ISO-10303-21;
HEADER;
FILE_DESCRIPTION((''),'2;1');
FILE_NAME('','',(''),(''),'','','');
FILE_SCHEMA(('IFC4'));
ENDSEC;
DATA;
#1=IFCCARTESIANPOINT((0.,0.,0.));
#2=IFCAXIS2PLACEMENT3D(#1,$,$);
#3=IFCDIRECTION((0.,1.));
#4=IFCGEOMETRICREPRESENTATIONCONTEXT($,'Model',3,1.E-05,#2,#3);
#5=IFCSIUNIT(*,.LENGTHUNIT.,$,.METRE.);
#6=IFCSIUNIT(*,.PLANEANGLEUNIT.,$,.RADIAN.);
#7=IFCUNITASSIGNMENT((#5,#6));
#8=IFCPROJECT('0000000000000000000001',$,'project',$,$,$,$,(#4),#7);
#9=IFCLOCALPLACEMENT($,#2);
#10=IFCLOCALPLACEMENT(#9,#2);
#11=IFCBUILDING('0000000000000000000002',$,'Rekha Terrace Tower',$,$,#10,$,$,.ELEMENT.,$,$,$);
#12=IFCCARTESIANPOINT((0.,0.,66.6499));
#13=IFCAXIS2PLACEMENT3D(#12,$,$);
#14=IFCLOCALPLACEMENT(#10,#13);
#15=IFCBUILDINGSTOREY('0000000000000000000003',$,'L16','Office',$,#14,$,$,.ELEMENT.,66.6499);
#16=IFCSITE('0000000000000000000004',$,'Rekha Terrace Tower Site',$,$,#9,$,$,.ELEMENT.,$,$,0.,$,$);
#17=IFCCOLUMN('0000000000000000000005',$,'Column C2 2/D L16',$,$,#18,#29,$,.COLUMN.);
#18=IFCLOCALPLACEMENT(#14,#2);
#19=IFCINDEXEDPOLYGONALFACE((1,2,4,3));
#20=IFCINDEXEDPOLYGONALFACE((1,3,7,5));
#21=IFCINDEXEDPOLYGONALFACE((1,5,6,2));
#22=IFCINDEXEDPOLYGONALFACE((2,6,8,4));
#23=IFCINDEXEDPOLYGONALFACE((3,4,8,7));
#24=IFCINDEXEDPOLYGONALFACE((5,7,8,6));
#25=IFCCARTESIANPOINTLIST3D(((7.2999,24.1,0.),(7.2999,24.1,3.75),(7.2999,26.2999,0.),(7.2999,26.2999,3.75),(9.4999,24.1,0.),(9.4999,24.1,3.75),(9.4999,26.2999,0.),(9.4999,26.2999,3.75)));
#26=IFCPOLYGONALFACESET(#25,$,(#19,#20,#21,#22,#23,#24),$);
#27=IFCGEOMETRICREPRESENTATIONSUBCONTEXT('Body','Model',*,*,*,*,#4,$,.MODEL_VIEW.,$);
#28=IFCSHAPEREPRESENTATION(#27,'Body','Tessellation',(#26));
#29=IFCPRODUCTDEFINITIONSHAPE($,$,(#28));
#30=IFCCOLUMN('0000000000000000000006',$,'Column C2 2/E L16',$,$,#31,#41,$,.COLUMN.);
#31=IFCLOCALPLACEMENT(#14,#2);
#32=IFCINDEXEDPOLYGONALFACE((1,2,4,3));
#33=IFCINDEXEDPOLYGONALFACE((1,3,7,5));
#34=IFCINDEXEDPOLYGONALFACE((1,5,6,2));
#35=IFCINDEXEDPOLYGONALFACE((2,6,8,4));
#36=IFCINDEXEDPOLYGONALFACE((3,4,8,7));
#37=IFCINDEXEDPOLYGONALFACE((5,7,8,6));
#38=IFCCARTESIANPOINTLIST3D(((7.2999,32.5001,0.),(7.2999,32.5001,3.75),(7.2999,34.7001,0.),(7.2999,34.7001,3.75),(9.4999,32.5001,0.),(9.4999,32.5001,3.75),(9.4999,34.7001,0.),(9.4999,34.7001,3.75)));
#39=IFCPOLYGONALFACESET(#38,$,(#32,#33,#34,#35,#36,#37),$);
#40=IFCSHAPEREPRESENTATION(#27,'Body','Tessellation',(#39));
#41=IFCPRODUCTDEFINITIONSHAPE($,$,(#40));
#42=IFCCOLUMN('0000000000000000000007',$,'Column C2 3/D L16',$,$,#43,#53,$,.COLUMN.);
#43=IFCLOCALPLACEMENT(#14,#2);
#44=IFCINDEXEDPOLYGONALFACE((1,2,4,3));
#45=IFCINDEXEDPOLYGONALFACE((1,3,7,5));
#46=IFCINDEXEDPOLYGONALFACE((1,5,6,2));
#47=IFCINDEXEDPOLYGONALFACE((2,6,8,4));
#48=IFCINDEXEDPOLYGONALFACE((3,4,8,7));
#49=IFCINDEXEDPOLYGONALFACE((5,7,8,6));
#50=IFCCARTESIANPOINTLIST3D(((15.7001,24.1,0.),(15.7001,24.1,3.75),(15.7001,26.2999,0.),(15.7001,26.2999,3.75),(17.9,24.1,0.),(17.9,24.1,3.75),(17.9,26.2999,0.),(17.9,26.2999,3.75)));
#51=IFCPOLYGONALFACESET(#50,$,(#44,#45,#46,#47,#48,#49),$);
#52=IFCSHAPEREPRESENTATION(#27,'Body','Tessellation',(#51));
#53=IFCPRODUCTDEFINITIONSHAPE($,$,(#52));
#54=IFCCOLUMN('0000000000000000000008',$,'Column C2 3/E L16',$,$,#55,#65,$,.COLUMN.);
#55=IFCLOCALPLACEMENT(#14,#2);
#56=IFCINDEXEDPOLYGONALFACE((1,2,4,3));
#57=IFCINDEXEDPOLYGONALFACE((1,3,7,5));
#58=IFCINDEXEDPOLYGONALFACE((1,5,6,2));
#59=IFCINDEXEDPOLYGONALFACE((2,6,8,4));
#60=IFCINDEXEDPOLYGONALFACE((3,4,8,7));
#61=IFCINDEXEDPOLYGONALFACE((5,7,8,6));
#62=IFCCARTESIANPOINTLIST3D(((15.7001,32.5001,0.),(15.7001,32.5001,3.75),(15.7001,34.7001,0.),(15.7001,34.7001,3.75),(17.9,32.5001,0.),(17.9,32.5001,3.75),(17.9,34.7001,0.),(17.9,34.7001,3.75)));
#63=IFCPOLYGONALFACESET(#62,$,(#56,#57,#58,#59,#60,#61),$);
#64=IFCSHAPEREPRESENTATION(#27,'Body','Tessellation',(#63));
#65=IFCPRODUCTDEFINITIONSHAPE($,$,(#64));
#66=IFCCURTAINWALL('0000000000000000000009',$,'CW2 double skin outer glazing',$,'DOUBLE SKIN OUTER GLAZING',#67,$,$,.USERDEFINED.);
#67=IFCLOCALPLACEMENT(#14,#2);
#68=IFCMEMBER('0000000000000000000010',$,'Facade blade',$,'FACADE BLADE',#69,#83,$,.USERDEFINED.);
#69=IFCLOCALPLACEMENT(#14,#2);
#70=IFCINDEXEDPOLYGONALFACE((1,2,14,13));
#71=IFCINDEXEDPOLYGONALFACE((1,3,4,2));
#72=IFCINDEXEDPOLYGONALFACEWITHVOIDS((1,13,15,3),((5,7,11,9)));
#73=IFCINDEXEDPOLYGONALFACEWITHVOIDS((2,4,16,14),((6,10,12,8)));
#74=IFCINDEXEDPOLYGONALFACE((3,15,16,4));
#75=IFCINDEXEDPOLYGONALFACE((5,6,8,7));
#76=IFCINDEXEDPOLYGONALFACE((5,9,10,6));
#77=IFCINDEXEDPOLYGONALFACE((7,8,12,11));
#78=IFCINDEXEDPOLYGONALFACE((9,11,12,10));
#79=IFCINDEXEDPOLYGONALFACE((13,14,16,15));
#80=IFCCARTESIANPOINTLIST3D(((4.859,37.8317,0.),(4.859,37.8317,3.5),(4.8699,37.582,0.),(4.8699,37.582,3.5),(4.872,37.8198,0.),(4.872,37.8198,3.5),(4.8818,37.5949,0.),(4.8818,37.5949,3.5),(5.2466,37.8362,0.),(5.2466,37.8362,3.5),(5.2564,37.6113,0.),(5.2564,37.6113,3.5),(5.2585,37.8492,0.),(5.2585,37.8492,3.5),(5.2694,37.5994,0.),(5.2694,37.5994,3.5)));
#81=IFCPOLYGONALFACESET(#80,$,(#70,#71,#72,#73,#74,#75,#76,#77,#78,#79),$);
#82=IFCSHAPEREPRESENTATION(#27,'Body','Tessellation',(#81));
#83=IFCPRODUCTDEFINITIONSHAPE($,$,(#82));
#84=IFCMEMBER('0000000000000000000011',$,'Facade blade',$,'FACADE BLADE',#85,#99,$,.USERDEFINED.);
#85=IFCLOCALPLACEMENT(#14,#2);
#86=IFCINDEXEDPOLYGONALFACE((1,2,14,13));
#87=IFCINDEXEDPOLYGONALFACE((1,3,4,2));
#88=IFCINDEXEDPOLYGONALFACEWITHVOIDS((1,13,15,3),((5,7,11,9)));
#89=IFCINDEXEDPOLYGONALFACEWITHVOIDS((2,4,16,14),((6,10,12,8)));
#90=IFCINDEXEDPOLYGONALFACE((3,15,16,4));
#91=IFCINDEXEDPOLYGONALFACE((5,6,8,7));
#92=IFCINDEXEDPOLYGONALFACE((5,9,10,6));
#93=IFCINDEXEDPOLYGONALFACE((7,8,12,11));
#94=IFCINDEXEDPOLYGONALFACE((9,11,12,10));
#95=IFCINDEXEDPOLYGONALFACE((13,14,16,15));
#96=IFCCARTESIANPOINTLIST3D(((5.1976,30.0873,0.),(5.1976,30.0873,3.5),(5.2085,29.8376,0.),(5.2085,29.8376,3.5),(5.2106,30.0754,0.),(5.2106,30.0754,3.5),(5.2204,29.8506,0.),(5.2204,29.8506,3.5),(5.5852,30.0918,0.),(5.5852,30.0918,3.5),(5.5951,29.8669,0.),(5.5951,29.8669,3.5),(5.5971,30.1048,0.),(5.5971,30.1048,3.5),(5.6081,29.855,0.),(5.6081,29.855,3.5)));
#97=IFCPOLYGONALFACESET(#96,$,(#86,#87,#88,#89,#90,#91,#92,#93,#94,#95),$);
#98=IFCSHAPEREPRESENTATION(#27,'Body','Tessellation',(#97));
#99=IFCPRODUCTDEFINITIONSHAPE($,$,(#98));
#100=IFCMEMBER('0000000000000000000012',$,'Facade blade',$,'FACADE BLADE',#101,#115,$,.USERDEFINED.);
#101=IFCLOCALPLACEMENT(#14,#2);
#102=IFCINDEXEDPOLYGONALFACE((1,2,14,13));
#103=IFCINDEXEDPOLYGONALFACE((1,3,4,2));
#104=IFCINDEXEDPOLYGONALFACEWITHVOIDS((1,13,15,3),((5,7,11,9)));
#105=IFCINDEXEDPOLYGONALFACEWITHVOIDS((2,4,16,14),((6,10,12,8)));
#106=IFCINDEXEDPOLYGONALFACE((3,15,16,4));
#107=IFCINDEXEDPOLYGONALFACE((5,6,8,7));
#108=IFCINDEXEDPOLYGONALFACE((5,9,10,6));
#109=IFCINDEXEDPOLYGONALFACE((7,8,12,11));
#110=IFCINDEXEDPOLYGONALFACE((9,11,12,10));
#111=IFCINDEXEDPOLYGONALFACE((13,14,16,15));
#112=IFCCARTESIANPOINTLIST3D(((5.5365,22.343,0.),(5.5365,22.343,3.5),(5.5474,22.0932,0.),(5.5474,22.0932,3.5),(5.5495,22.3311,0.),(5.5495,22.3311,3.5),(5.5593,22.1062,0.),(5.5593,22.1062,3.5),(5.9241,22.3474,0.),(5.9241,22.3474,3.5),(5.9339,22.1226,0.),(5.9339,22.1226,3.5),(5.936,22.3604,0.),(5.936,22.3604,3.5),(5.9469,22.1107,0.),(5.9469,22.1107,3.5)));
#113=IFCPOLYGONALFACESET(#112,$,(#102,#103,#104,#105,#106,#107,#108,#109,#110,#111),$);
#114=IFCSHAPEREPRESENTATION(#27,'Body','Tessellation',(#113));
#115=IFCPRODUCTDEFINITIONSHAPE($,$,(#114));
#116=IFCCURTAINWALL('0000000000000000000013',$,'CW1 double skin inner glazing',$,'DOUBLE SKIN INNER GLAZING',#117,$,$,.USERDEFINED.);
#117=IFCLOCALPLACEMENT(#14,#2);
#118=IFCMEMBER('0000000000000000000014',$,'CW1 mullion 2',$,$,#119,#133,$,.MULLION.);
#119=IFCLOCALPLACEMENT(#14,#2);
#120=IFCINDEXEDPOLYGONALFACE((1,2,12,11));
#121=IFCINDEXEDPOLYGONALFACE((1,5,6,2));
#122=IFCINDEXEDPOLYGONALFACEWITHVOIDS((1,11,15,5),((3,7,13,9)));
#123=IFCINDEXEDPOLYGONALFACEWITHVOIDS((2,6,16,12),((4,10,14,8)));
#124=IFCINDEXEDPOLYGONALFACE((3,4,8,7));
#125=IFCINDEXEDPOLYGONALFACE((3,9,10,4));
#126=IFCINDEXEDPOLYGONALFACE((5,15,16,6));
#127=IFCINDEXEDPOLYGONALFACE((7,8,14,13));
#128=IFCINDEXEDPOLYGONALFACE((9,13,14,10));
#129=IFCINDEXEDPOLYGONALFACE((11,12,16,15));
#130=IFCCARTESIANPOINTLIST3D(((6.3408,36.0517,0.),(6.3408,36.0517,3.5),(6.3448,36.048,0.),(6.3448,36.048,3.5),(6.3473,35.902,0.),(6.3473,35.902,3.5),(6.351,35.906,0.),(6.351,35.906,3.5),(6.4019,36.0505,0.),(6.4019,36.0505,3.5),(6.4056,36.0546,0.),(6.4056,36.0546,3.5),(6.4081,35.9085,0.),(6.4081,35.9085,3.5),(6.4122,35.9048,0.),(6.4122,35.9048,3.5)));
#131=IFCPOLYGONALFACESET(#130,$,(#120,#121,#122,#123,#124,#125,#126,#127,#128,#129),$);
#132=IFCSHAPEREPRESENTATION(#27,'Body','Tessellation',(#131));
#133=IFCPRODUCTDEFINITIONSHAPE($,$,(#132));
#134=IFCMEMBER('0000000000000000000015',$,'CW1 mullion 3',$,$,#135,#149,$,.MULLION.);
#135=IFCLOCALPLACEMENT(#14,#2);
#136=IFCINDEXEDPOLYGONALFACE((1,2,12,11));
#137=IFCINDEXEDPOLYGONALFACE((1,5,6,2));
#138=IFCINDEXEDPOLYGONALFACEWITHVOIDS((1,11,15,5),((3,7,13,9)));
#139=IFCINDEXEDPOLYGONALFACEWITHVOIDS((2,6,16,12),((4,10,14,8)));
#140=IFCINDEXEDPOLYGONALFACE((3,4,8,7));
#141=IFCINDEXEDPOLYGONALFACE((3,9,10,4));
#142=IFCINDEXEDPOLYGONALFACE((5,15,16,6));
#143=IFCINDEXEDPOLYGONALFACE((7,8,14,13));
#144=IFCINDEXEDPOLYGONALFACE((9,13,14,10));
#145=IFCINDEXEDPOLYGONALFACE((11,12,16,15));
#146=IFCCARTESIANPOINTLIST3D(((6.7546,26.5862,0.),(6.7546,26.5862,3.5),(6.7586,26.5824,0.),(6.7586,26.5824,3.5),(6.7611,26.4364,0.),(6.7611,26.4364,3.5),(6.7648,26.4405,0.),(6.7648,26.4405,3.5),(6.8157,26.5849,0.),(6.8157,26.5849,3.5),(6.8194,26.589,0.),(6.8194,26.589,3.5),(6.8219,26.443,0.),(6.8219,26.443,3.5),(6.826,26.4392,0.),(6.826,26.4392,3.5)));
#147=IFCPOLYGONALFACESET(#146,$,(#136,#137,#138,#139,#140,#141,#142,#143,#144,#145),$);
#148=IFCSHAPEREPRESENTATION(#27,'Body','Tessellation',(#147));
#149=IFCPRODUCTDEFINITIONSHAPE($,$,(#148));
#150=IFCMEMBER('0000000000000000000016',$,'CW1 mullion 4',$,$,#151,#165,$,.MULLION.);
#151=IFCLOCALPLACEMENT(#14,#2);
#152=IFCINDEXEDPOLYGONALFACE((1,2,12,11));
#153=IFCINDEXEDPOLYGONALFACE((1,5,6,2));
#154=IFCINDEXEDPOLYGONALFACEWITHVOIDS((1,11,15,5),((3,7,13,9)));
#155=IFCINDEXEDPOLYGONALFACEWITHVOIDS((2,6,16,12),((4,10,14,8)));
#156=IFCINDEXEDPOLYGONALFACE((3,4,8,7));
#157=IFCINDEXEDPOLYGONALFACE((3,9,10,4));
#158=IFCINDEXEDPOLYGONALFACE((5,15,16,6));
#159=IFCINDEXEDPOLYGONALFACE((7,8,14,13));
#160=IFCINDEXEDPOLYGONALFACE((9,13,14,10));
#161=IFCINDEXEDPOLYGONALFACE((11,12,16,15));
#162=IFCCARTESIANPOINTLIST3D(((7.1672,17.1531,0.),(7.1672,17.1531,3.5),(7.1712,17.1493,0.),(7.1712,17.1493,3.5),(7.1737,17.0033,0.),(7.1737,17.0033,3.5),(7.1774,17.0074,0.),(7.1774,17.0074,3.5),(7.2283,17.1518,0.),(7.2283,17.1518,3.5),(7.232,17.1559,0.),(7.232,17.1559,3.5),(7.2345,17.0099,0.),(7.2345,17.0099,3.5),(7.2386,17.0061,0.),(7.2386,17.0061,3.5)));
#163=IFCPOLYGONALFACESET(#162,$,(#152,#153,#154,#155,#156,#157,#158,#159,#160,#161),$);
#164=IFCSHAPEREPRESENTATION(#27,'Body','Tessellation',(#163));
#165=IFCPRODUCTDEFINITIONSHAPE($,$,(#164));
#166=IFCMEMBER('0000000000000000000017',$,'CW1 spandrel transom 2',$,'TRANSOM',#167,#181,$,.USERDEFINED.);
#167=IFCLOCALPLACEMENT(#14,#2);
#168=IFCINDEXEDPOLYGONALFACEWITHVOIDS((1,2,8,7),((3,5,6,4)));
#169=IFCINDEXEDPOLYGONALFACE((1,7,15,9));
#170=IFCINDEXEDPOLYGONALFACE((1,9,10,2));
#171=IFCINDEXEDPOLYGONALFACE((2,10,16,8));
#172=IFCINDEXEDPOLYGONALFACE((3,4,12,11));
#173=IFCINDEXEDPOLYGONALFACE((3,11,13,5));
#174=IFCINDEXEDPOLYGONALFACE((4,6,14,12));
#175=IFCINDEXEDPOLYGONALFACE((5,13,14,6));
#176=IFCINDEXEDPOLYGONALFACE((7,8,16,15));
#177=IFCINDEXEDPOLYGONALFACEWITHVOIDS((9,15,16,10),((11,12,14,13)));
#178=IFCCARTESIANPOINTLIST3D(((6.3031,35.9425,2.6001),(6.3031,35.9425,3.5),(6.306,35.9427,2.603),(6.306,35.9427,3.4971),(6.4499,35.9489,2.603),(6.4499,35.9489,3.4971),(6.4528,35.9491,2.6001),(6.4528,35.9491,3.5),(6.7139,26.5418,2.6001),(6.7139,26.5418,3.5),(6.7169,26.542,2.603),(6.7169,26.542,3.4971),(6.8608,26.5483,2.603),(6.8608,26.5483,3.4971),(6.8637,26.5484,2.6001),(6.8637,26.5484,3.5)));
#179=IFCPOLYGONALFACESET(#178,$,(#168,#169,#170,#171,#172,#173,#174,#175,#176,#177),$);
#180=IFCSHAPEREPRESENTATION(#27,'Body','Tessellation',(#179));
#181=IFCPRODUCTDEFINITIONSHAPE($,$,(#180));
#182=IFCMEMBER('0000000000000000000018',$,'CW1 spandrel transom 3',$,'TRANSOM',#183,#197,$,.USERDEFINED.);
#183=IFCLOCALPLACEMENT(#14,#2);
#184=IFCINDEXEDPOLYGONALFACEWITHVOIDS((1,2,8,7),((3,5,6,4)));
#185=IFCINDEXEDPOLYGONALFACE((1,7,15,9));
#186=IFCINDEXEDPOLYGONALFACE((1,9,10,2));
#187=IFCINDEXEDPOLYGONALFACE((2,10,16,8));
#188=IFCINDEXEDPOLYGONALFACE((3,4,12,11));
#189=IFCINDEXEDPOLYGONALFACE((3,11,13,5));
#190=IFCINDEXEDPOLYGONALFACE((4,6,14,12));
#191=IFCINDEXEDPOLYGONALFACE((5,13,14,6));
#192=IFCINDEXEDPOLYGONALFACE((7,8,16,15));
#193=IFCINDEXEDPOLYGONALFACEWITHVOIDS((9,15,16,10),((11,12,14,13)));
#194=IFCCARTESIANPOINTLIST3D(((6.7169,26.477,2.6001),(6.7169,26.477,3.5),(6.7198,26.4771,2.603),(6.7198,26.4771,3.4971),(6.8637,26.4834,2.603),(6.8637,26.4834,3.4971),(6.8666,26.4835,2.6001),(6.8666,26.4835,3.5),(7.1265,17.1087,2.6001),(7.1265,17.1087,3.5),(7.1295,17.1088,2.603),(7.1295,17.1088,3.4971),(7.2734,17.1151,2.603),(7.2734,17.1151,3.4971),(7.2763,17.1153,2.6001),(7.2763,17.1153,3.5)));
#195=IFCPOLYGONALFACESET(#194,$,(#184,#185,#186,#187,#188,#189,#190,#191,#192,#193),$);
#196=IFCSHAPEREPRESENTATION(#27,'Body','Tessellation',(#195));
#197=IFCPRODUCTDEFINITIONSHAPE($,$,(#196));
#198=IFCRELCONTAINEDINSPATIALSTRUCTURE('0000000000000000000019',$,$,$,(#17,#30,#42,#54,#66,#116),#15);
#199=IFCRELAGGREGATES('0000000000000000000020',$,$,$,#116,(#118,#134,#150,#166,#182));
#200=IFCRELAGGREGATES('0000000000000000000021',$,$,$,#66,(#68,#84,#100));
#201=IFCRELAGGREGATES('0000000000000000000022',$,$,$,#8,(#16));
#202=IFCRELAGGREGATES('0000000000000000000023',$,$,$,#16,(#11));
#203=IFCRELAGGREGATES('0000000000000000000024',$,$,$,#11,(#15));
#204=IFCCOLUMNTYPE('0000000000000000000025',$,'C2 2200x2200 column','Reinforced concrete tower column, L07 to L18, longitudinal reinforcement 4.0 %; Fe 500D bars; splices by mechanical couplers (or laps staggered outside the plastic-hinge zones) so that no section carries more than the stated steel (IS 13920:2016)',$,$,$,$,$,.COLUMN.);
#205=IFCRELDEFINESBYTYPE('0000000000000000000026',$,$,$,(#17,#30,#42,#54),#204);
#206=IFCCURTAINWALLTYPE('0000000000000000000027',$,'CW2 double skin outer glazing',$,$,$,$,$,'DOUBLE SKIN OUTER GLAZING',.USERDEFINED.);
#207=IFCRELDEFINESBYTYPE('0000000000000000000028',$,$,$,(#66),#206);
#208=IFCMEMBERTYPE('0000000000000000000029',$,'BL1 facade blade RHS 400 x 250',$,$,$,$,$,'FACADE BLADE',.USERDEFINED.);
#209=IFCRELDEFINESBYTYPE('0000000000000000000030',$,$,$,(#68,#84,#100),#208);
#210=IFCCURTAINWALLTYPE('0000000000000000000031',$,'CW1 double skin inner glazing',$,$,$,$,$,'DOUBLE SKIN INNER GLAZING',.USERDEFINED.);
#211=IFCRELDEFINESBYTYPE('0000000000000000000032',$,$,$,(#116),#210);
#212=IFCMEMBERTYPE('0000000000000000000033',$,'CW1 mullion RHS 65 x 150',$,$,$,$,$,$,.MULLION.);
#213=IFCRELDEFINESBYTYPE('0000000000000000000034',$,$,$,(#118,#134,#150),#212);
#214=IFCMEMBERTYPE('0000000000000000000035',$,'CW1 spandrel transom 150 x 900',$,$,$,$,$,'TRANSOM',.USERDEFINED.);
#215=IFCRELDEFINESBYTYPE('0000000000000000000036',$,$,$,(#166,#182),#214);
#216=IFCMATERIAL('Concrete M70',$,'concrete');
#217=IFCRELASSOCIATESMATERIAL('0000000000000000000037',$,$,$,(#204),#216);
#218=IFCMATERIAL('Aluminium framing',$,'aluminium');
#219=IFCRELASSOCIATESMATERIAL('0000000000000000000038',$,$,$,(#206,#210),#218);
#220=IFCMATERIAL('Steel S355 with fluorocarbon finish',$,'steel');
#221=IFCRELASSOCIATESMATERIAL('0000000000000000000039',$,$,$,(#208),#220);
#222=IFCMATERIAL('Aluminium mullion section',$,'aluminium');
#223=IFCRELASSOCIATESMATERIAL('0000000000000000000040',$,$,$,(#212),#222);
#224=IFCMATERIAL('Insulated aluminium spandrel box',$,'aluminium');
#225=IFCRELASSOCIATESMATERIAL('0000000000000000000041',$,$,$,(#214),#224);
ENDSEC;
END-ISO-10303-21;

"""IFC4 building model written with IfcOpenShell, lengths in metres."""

from ifc_helpers import new_model, si_unit, direction, frame, origin, origin_2d, place, context, subcontext, project, spatial, rectangle, hollow_rectangle, extrude, material, material_profile, profile_set, type_object, element, aggregate, save


model = new_model("IFC4")

# Units and contexts
model_context = context("Model", 3, precision=1e-05, world=origin(), true_north=direction((0.0, 1.0)))
body_context = subcontext(model_context, "Body", "Model", "MODEL_VIEW")
ifc_project = project(units=[si_unit("LENGTHUNIT", "METRE"), si_unit("PLANEANGLEUNIT", "RADIAN")], contexts=[model_context])

# Site, building, storey
site_placement = place(None, origin())
site = spatial("IfcSite", under=ifc_project, at=site_placement, Name="Rekha Terrace Tower Site", CompositionType="ELEMENT", RefElevation=0.0)
building_placement = place(site_placement, origin())
building = spatial("IfcBuilding", under=site, at=building_placement, Name="Rekha Terrace Tower", CompositionType="ELEMENT")
storey_placement = place(building_placement, frame((0.0, 0.0, 66.6499)))
storey = spatial("IfcBuildingStorey", under=building, at=storey_placement, Name="L16", Description="Office", CompositionType="ELEMENT", Elevation=66.6499)

# Columns
ifc_material_1 = material(Name="Concrete M70", Category="concrete")
ifc_material_profile_1 = material_profile(ifc_material_1, rectangle(XDim=2.2, YDim=2.2, at=origin_2d()), Name="RC 2200x2200")
ifc_profile_set_1 = profile_set([ifc_material_profile_1], Name="Concrete M70")
column_type = type_object("IfcColumnType", Name="C2 2200x2200 column", Description="Reinforced concrete tower column, L07 to L18, longitudinal reinforcement 4.0 %; Fe 500D bars; splices by mechanical couplers (or laps staggered outside the plastic-hinge zones) so that no section carries more than the stated steel (IS 13920:2016)", PredefinedType="COLUMN", material=ifc_profile_set_1)
for number, where, z_axis, x_axis, name in (
    (1, (8.3999, 25.2, 0.0), (0.0, 0.0, 1.0), (1.0, 0.0, 0.0), "Column C2 2/D L16"),
    (2, (8.3999, 33.6001, 0.0), (0.0, 0.0, 1.0), (1.0, 0.0, 0.0), "Column C2 2/E L16"),
    (3, (16.8, 25.2, 0.0), (0.0, 0.0, 1.0), (1.0, 0.0, 0.0), "Column C2 3/D L16"),
    (4, (16.8, 33.6001, 0.0), (0.0, 0.0, 1.0), (1.0, 0.0, 0.0), "Column C2 3/E L16"),
):
    element("IfcColumn", number, at=place(storey_placement, frame(where, z_axis=z_axis, x_axis=x_axis)), inside=storey, type_object=column_type, Name=name, PredefinedType="COLUMN", context=body_context, shape_type="SweptSolid", body=[
        extrude(rectangle(XDim=2.2, YDim=2.2, at=origin_2d()), origin(), (0.0, 0.0, 1.0), 3.75),
    ])

# Curtain walls, members
ifc_material_2 = material(Name="Aluminium framing", Category="aluminium")
curtain_wall_type_1 = type_object("IfcCurtainWallType", Name="CW2 double skin outer glazing", ElementType="DOUBLE SKIN OUTER GLAZING", PredefinedType="USERDEFINED", material=ifc_material_2)
curtain_wall_1_placement = place(storey_placement, origin())
curtain_wall_1 = element("IfcCurtainWall", 5, at=curtain_wall_1_placement, inside=storey, type_object=curtain_wall_type_1, Name="CW2 double skin outer glazing", ObjectType="DOUBLE SKIN OUTER GLAZING", PredefinedType="USERDEFINED")
ifc_material_3 = material(Name="Steel S355 with fluorocarbon finish", Category="steel")
ifc_material_profile_2 = material_profile(ifc_material_3, hollow_rectangle(XDim=0.25, YDim=0.3999, WallThickness=0.0125, at=origin_2d()), Name="RHS400x250x12.5")
ifc_profile_set_2 = profile_set([ifc_material_profile_2], Name="Steel S355 with fluorocarbon finish")
member_type_1 = type_object("IfcMemberType", Name="BL1 facade blade RHS 400 x 250", ElementType="FACADE BLADE", PredefinedType="USERDEFINED", material=ifc_profile_set_2)
member_1_placement = place(storey_placement, frame((5.0642, 37.7156, 0.0), z_axis=(0.0, 0.0, 1.0), x_axis=(0.043682, -0.999045, 0.0)))
member_1 = element("IfcMember", 6, at=member_1_placement, type_object=member_type_1, Name="Facade blade", ObjectType="FACADE BLADE", PredefinedType="USERDEFINED", context=body_context, shape_type="SweptSolid", body=[
    extrude(hollow_rectangle(XDim=0.25, YDim=0.3999, WallThickness=0.0125, at=origin_2d()), origin(), (0.0, 0.0, 1.0), 3.5),
])
member_2_placement = place(storey_placement, frame((5.4028, 29.9712, 0.0), z_axis=(0.0, 0.0, 1.0), x_axis=(0.043682, -0.999045, 0.0)))
member_2 = element("IfcMember", 7, at=member_2_placement, type_object=member_type_1, Name="Facade blade", ObjectType="FACADE BLADE", PredefinedType="USERDEFINED", context=body_context, shape_type="SweptSolid", body=[
    extrude(hollow_rectangle(XDim=0.25, YDim=0.3999, WallThickness=0.0125, at=origin_2d()), origin(), (0.0, 0.0, 1.0), 3.5),
])
member_3_placement = place(storey_placement, frame((5.7417, 22.2268, 0.0), z_axis=(0.0, 0.0, 1.0), x_axis=(0.043682, -0.999045, 0.0)))
member_3 = element("IfcMember", 8, at=member_3_placement, type_object=member_type_1, Name="Facade blade", ObjectType="FACADE BLADE", PredefinedType="USERDEFINED", context=body_context, shape_type="SweptSolid", body=[
    extrude(hollow_rectangle(XDim=0.25, YDim=0.3999, WallThickness=0.0125, at=origin_2d()), origin(), (0.0, 0.0, 1.0), 3.5),
])
curtain_wall_type_2 = type_object("IfcCurtainWallType", Name="CW1 double skin inner glazing", ElementType="DOUBLE SKIN INNER GLAZING", PredefinedType="USERDEFINED", material=ifc_material_2)
curtain_wall_2_placement = place(storey_placement, origin())
curtain_wall_2 = element("IfcCurtainWall", 9, at=curtain_wall_2_placement, inside=storey, type_object=curtain_wall_type_2, Name="CW1 double skin inner glazing", ObjectType="DOUBLE SKIN INNER GLAZING", PredefinedType="USERDEFINED")
ifc_material_4 = material(Name="Aluminium mullion section", Category="aluminium")
ifc_material_profile_3 = material_profile(ifc_material_4, hollow_rectangle(XDim=0.0649, YDim=0.1499, WallThickness=0.0039, at=origin_2d()), Name="AL RHS 65x150")
ifc_profile_set_3 = profile_set([ifc_material_profile_3], Name="Aluminium mullion section")
member_type_2 = type_object("IfcMemberType", Name="CW1 mullion RHS 65 x 150", PredefinedType="MULLION", material=ifc_profile_set_3)
member_4_placement = place(storey_placement, frame((6.3765, 35.9783, 0.0), z_axis=(0.0, 0.0, 1.0), x_axis=(0.999045, 0.043683, 0.0)))
member_4 = element("IfcMember", 10, at=member_4_placement, type_object=member_type_2, Name="CW1 mullion 2", PredefinedType="MULLION", context=body_context, shape_type="SweptSolid", body=[
    extrude(hollow_rectangle(XDim=0.0649, YDim=0.1499, WallThickness=0.0039, at=origin_2d()), origin(), (0.0, 0.0, 1.0), 3.5),
])
member_5_placement = place(storey_placement, frame((6.7903, 26.5127, 0.0), z_axis=(0.0, 0.0, 1.0), x_axis=(0.999045, 0.043683, 0.0)))
member_5 = element("IfcMember", 11, at=member_5_placement, type_object=member_type_2, Name="CW1 mullion 3", PredefinedType="MULLION", context=body_context, shape_type="SweptSolid", body=[
    extrude(hollow_rectangle(XDim=0.0649, YDim=0.1499, WallThickness=0.0039, at=origin_2d()), origin(), (0.0, 0.0, 1.0), 3.5),
])
member_6_placement = place(storey_placement, frame((7.2029, 17.0796, 0.0), z_axis=(0.0, 0.0, 1.0), x_axis=(0.999045, 0.043683, 0.0)))
member_6 = element("IfcMember", 12, at=member_6_placement, type_object=member_type_2, Name="CW1 mullion 4", PredefinedType="MULLION", context=body_context, shape_type="SweptSolid", body=[
    extrude(hollow_rectangle(XDim=0.0649, YDim=0.1499, WallThickness=0.0039, at=origin_2d()), origin(), (0.0, 0.0, 1.0), 3.5),
])
ifc_material_5 = material(Name="Insulated aluminium spandrel box", Category="aluminium")
ifc_material_profile_4 = material_profile(ifc_material_5, hollow_rectangle(XDim=0.1499, YDim=0.8999, WallThickness=0.0029, at=origin_2d()), Name="AL SPANDREL BOX 150x900")
ifc_profile_set_4 = profile_set([ifc_material_profile_4], Name="Insulated aluminium spandrel box")
member_type_3 = type_object("IfcMemberType", Name="CW1 spandrel transom 150 x 900", ElementType="TRANSOM", PredefinedType="USERDEFINED", material=ifc_profile_set_4)
member_7_placement = place(storey_placement, frame((6.3779, 35.9458, 3.05), z_axis=(0.043667, -0.999046, 0.0), x_axis=(0.999046, 0.043667, 0.0)))
member_7 = element("IfcMember", 13, at=member_7_placement, type_object=member_type_3, Name="CW1 spandrel transom 2", ObjectType="TRANSOM", PredefinedType="USERDEFINED", context=body_context, shape_type="SweptSolid", body=[
    extrude(hollow_rectangle(XDim=0.1499, YDim=0.8999, WallThickness=0.0029, at=origin_2d()), origin(), (0.0, 0.0, 1.0), 9.4097),
])
member_8_placement = place(storey_placement, frame((6.7917, 26.4802, 3.05), z_axis=(0.043688, -0.999045, 0.0), x_axis=(0.999045, 0.043688, 0.0)))
member_8 = element("IfcMember", 14, at=member_8_placement, type_object=member_type_3, Name="CW1 spandrel transom 3", ObjectType="TRANSOM", PredefinedType="USERDEFINED", context=body_context, shape_type="SweptSolid", body=[
    extrude(hollow_rectangle(XDim=0.1499, YDim=0.8999, WallThickness=0.0029, at=origin_2d()), origin(), (0.0, 0.0, 1.0), 9.3772),
])

aggregate(curtain_wall_2, [member_4, member_5, member_6, member_7, member_8])
aggregate(curtain_wall_1, [member_1, member_2, member_3])

save(model, "model.ifc")
